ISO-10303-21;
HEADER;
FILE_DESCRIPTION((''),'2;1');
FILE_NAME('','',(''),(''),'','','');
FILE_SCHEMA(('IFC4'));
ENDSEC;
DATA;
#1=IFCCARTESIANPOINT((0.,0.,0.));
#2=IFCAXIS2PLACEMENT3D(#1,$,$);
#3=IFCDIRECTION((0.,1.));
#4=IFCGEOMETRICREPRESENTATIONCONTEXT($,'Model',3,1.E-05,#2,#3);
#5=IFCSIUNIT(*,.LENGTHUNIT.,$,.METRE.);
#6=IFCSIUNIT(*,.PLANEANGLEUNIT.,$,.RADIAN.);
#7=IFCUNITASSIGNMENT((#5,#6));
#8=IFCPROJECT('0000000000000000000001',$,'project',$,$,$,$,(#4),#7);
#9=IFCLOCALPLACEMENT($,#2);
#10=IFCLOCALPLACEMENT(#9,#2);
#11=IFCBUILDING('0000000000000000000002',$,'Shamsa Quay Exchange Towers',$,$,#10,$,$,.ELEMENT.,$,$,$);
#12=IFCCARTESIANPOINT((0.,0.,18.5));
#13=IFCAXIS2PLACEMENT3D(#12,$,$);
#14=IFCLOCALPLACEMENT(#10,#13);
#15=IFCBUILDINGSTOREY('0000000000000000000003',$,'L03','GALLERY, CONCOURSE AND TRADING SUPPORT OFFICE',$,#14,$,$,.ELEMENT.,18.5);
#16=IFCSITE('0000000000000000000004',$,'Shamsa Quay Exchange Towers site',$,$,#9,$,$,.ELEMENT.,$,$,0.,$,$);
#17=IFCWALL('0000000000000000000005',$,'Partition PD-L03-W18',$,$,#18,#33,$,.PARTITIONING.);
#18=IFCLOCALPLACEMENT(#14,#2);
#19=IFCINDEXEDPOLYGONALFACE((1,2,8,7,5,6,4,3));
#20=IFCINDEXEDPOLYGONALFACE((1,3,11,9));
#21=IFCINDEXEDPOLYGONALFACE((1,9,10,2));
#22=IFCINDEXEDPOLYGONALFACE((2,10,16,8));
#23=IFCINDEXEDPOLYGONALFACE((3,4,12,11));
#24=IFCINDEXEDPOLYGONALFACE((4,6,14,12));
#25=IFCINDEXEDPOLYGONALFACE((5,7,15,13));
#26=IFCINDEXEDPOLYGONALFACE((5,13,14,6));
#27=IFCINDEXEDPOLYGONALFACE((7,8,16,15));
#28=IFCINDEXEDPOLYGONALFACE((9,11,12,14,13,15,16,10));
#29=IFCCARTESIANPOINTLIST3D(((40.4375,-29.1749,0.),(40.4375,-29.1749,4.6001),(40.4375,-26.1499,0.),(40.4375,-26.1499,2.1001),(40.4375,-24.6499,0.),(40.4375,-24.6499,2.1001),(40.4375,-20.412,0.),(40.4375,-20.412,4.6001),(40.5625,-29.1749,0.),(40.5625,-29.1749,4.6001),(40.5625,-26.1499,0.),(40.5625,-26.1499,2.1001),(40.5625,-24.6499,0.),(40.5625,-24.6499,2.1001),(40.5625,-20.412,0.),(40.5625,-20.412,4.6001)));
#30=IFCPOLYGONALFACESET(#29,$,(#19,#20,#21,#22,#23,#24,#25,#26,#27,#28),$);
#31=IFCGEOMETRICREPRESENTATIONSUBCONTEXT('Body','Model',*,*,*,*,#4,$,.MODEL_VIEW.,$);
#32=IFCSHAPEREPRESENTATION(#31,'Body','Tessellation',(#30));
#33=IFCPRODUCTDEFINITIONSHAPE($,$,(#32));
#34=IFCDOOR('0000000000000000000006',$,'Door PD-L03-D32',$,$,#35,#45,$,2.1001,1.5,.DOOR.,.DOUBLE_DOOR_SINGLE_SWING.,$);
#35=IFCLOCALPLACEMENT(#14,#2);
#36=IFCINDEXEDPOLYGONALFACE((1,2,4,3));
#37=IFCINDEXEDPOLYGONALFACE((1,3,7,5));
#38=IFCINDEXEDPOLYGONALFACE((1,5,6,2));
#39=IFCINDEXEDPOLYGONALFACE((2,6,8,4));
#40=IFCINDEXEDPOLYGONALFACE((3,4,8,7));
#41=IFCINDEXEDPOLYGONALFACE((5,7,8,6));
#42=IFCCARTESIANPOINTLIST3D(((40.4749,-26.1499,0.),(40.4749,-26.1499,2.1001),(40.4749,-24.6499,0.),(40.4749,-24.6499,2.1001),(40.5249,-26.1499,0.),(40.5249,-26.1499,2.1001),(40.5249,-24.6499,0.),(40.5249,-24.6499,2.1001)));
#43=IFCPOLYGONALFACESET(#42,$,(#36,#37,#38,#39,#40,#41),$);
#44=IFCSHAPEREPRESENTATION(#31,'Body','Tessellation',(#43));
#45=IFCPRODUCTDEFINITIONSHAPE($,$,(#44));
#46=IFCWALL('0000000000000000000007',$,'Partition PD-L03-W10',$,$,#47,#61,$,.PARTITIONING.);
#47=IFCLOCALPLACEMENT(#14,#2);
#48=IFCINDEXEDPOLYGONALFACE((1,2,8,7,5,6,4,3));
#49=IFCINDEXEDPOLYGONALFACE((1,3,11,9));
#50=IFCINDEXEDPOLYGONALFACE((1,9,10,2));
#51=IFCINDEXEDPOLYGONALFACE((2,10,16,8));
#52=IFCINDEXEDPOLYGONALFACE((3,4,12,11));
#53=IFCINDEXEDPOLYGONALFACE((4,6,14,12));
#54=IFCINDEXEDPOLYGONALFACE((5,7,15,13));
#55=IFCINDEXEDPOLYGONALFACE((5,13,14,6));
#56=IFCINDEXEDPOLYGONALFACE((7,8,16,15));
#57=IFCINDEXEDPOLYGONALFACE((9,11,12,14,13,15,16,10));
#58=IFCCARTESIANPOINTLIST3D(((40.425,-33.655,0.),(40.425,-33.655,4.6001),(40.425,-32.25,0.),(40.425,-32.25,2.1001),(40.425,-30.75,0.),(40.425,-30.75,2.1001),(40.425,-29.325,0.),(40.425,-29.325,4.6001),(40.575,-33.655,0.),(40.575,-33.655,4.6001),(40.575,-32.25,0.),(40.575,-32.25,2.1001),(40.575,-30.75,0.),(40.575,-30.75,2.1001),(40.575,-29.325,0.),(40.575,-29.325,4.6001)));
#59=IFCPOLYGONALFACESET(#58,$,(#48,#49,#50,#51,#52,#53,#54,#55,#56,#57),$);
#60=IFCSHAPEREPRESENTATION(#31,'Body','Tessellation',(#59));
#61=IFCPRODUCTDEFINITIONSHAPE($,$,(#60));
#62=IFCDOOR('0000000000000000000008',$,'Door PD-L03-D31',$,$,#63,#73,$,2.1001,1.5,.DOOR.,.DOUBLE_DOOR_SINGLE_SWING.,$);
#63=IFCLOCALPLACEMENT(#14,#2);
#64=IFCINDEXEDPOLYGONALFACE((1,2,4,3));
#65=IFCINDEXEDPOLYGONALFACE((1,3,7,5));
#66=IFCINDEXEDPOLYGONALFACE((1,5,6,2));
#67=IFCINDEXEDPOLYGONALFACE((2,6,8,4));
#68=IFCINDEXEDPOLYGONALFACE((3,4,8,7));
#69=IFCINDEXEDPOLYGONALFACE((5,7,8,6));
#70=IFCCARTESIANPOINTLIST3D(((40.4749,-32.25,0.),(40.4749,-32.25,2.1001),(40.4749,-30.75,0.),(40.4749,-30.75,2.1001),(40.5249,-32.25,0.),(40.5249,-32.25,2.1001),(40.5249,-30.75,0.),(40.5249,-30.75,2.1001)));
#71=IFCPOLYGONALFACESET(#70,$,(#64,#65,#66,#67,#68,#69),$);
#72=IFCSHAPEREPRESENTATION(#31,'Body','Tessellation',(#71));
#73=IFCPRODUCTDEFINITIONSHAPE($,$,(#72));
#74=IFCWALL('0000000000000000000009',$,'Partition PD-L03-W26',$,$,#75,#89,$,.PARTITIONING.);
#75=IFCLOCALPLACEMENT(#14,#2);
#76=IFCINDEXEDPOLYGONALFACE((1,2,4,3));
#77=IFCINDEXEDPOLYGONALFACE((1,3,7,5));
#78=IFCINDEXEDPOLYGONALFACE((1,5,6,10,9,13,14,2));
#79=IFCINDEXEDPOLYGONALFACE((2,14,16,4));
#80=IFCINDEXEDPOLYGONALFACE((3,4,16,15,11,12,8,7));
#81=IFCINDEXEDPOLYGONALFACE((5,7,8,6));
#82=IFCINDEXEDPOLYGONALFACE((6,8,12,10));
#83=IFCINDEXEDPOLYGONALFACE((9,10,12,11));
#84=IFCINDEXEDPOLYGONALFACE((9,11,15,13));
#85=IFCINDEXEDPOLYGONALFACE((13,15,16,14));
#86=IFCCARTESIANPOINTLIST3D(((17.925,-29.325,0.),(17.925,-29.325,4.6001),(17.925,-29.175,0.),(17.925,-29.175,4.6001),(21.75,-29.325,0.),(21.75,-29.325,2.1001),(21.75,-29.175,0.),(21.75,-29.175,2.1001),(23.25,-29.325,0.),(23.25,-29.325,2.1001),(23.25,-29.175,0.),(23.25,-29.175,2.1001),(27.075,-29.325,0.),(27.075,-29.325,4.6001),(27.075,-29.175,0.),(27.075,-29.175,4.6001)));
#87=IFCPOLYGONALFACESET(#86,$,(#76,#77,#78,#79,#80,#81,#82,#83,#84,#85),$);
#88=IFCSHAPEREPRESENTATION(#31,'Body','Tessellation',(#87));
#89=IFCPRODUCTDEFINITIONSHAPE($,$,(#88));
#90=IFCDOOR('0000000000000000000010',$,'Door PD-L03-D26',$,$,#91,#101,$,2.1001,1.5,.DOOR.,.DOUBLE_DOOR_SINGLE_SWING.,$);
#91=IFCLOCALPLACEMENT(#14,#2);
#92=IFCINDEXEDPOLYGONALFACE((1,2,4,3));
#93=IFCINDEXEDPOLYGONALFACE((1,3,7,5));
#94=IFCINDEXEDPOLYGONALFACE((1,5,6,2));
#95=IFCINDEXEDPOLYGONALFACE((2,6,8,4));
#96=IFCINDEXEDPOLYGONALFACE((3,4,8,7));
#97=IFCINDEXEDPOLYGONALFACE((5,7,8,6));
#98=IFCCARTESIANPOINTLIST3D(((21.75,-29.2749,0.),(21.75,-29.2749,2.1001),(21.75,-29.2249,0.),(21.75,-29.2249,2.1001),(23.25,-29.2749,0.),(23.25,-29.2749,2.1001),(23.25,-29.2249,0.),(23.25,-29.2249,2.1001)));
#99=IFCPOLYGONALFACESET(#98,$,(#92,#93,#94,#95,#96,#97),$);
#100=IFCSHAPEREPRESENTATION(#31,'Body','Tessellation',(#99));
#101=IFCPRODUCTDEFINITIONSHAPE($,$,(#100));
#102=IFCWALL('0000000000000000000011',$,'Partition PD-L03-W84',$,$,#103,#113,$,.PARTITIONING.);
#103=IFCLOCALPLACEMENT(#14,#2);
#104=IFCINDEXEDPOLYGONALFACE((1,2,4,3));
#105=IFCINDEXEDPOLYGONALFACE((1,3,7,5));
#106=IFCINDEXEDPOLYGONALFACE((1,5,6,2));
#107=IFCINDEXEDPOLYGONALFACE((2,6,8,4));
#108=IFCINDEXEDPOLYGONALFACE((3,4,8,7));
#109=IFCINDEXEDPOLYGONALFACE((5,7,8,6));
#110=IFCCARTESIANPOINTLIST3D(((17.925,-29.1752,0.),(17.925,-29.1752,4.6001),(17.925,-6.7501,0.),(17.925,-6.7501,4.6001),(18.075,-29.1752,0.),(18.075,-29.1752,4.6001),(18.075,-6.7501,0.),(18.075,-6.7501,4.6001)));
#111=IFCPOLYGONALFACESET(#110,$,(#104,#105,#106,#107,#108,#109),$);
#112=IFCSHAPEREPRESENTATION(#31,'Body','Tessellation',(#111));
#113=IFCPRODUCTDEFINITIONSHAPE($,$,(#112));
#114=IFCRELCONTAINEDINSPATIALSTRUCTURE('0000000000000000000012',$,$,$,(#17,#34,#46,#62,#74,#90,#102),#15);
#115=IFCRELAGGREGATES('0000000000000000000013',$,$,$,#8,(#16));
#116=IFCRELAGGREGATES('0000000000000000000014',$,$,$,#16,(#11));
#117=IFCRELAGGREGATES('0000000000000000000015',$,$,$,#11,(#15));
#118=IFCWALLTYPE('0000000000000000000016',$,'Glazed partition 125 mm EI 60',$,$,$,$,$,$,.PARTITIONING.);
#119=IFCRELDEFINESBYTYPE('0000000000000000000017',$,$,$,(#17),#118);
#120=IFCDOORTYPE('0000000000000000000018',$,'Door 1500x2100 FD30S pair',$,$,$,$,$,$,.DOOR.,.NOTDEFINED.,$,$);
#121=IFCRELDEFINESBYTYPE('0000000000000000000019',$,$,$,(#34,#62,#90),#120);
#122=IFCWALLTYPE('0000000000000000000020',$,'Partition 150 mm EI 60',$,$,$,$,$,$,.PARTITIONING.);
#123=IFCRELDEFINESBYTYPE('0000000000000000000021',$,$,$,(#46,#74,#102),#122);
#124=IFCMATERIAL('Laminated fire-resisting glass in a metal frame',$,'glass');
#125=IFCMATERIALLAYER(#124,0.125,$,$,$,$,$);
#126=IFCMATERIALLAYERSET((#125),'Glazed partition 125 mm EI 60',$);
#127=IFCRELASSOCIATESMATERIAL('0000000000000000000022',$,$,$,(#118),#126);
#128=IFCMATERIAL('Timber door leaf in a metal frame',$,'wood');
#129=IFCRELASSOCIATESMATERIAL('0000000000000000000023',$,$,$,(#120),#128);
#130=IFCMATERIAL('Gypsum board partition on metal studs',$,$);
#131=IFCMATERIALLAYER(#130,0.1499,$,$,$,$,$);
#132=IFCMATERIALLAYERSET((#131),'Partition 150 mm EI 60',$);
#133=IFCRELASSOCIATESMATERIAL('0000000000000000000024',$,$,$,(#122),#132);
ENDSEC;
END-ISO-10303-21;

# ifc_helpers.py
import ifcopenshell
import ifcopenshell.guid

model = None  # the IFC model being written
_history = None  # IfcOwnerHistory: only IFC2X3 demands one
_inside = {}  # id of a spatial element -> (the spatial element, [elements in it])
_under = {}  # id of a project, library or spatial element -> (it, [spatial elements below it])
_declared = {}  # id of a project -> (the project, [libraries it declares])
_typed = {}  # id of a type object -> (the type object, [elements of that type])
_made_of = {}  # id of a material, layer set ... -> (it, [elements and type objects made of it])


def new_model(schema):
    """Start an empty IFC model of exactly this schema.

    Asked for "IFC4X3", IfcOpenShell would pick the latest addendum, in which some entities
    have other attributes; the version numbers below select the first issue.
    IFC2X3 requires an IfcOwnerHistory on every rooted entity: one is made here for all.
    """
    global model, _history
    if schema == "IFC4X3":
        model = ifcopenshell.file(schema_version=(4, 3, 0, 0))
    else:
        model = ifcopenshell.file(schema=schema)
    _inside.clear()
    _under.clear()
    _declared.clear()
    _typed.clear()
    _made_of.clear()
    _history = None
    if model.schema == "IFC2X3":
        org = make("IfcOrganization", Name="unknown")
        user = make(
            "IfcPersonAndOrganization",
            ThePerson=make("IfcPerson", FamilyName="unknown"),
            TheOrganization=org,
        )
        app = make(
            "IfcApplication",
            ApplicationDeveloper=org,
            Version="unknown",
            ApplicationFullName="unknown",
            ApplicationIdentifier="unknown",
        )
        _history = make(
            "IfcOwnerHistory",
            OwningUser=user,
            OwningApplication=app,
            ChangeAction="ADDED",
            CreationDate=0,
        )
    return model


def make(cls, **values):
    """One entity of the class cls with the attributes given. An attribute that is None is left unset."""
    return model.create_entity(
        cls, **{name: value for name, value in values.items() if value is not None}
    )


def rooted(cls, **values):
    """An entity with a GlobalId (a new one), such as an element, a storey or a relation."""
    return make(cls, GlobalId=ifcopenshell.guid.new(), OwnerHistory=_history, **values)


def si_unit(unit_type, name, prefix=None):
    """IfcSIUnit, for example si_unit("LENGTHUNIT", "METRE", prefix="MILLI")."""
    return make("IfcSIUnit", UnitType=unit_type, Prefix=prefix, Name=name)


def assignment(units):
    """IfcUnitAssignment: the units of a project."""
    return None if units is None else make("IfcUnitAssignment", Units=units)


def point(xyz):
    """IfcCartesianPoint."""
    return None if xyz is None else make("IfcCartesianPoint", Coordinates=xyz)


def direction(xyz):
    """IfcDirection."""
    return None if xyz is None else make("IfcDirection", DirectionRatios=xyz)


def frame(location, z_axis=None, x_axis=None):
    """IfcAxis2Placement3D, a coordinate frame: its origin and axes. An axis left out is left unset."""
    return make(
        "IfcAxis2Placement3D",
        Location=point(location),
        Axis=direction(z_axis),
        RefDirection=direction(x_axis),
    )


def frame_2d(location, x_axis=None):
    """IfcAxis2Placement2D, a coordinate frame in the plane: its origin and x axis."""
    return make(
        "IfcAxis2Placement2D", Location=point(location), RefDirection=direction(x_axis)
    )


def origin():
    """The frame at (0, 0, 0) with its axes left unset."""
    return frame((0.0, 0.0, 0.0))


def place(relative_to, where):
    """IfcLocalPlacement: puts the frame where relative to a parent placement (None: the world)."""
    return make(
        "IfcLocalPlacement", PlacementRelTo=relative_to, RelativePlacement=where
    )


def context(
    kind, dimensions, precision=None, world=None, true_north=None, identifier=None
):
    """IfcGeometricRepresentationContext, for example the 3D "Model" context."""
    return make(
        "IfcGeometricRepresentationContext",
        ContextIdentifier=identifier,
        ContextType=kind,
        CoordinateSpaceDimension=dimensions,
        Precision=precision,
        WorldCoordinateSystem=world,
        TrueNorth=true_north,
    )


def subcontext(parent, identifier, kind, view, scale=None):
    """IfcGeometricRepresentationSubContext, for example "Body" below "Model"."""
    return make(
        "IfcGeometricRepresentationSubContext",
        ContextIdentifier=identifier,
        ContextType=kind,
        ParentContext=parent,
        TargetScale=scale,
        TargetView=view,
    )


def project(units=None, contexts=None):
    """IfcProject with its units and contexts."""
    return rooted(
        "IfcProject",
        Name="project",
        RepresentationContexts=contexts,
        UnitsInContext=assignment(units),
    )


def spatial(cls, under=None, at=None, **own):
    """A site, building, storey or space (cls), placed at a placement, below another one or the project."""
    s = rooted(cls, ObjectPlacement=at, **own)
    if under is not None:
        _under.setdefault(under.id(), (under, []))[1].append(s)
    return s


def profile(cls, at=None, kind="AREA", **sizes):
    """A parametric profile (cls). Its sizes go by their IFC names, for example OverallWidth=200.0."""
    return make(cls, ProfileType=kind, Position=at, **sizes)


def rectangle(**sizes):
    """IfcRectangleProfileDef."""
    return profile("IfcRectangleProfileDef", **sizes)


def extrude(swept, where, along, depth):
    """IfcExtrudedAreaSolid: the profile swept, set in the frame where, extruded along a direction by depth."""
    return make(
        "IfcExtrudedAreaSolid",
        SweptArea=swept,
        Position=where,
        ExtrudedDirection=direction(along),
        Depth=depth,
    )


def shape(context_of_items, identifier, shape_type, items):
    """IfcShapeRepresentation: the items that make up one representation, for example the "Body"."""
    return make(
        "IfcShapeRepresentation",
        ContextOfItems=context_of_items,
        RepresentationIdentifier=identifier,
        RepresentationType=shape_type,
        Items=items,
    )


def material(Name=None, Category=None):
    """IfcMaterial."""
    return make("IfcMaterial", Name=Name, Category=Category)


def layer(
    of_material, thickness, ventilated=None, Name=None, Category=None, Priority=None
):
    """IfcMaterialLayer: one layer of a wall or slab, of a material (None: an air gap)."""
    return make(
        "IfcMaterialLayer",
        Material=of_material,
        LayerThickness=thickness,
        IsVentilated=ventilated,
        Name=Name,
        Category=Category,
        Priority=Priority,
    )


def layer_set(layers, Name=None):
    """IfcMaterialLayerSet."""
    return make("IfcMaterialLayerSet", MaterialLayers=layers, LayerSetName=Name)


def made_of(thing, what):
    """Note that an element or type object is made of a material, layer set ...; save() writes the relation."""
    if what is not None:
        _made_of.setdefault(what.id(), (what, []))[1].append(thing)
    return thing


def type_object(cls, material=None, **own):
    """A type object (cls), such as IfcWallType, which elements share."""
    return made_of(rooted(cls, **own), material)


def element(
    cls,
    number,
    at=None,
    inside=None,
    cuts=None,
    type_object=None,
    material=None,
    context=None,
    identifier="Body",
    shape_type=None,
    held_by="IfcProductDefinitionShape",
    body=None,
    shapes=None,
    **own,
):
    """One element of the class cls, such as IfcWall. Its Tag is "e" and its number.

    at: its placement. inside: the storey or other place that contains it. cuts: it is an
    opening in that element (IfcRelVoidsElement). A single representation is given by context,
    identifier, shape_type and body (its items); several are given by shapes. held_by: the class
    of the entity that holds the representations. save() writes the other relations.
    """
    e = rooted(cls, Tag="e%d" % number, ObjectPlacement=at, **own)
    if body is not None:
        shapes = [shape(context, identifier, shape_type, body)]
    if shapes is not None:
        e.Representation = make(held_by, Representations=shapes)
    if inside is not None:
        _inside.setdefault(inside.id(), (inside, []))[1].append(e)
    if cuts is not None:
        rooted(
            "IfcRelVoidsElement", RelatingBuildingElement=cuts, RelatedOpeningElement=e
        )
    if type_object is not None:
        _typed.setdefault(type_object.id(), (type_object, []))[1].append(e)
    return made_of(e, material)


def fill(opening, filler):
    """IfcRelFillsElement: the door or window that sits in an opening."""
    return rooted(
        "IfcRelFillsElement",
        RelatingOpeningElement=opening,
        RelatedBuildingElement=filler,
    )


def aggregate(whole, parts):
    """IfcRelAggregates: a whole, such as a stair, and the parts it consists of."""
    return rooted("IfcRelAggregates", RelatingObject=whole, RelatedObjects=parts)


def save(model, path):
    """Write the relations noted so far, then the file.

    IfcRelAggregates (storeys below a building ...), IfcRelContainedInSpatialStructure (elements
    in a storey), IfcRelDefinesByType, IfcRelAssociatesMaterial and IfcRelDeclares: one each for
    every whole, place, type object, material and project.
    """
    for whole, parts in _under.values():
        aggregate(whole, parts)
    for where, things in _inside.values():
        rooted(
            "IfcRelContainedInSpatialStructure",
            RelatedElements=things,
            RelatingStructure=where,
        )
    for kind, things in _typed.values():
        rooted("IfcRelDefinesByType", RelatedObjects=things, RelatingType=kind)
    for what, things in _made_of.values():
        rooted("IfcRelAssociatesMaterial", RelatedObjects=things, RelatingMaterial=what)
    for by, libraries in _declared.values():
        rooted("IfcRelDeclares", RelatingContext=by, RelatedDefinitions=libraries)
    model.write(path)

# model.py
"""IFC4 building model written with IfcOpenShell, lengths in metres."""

from ifc_helpers import new_model, si_unit, direction, frame, frame_2d, origin, place, context, subcontext, project, spatial, rectangle, extrude, material, layer, layer_set, type_object, element, fill, save


model = new_model("IFC4")

# Units and contexts
model_context = context("Model", 3, precision=1e-05, world=origin(), true_north=direction((0.0, 1.0)))
body_context = subcontext(model_context, "Body", "Model", "MODEL_VIEW")
ifc_project = project(units=[si_unit("LENGTHUNIT", "METRE"), si_unit("PLANEANGLEUNIT", "RADIAN")], contexts=[model_context])

# Site, building, storey
site_placement = place(None, origin())
site = spatial("IfcSite", under=ifc_project, at=site_placement, Name="Shamsa Quay Exchange Towers site", CompositionType="ELEMENT", RefElevation=0.0)
building_placement = place(site_placement, origin())
building = spatial("IfcBuilding", under=site, at=building_placement, Name="Shamsa Quay Exchange Towers", CompositionType="ELEMENT")
storey_placement = place(building_placement, frame((0.0, 0.0, 18.5)))
storey = spatial("IfcBuildingStorey", under=building, at=storey_placement, Name="L03", Description="GALLERY, CONCOURSE AND TRADING SUPPORT OFFICE", CompositionType="ELEMENT", Elevation=18.5)

# Walls, openings, doors
ifc_material_1 = material(Name="Laminated fire-resisting glass in a metal frame", Category="glass")
ifc_layer_1 = layer(ifc_material_1, 0.125)
ifc_layer_set_1 = layer_set([ifc_layer_1], Name="Glazed partition 125 mm EI 60")
wall_type_1 = type_object("IfcWallType", Name="Glazed partition 125 mm EI 60", PredefinedType="PARTITIONING", material=ifc_layer_set_1)
wall_1_placement = place(storey_placement, frame((40.5, -20.4121, 0.0), z_axis=(0.0, 0.0, 1.0), x_axis=(0.0, -1.0, 0.0)))
wall_1 = element("IfcWall", 1, at=wall_1_placement, inside=storey, type_object=wall_type_1, Name="Partition PD-L03-W18", PredefinedType="PARTITIONING", context=body_context, shape_type="SweptSolid", body=[
    extrude(rectangle(XDim=8.7629, YDim=0.125, at=frame_2d((4.3813, 0.0))), origin(), (0.0, 0.0, 1.0), 4.6001),
])
opening_1_placement = place(wall_1_placement, frame((4.2378, 0.0, 0.0)))
opening_1 = element("IfcOpeningElement", 2, at=opening_1_placement, cuts=wall_1, PredefinedType="OPENING", context=body_context, shape_type="SweptSolid", body=[
    extrude(rectangle(XDim=1.5, YDim=2.1001, at=frame_2d((0.75, 1.05))), frame((0.0, 0.0725, 0.0), z_axis=(0.0, -1.0, 0.0), x_axis=(1.0, 0.0, 0.0)), (0.0, 0.0, 1.0), 0.145),
])
ifc_material_2 = material(Name="Timber door leaf in a metal frame", Category="wood")
door_type = type_object("IfcDoorType", Name="Door 1500x2100 FD30S pair", OperationType="NOTDEFINED", PredefinedType="DOOR", material=ifc_material_2)
door_1_placement = place(opening_1_placement, origin())
door_1 = element("IfcDoor", 3, at=door_1_placement, inside=storey, type_object=door_type, Name="Door PD-L03-D32", OperationType="DOUBLE_DOOR_SINGLE_SWING", OverallHeight=2.1001, OverallWidth=1.5, PredefinedType="DOOR", context=body_context, shape_type="SweptSolid", body=[
    extrude(rectangle(XDim=1.5, YDim=2.1001, at=frame_2d((0.75, 1.05))), frame((0.0, 0.0249, 0.0), z_axis=(0.0, -1.0, 0.0), x_axis=(1.0, 0.0, 0.0)), (0.0, 0.0, 1.0), 0.05),
])
fill(opening_1, door_1)
ifc_material_3 = material(Name="Gypsum board partition on metal studs")
ifc_layer_2 = layer(ifc_material_3, 0.1499)
ifc_layer_set_2 = layer_set([ifc_layer_2], Name="Partition 150 mm EI 60")
wall_type_2 = type_object("IfcWallType", Name="Partition 150 mm EI 60", PredefinedType="PARTITIONING", material=ifc_layer_set_2)
wall_2_placement = place(storey_placement, frame((40.5, -29.325, 0.0), z_axis=(0.0, 0.0, 1.0), x_axis=(0.0, -1.0, 0.0)))
wall_2 = element("IfcWall", 4, at=wall_2_placement, inside=storey, type_object=wall_type_2, Name="Partition PD-L03-W10", PredefinedType="PARTITIONING", context=body_context, shape_type="SweptSolid", body=[
    extrude(rectangle(XDim=4.3301, YDim=0.1499, at=frame_2d((2.165, 0.0))), origin(), (0.0, 0.0, 1.0), 4.6001),
])
opening_2_placement = place(wall_2_placement, frame((1.425, 0.0, 0.0)))
opening_2 = element("IfcOpeningElement", 5, at=opening_2_placement, cuts=wall_2, PredefinedType="OPENING", context=body_context, shape_type="SweptSolid", body=[
    extrude(rectangle(XDim=1.5, YDim=2.1001, at=frame_2d((0.75, 1.05))), frame((0.0, 0.085, 0.0), z_axis=(0.0, -1.0, 0.0), x_axis=(1.0, 0.0, 0.0)), (0.0, 0.0, 1.0), 0.1699),
])
door_2_placement = place(opening_2_placement, origin())
door_2 = element("IfcDoor", 6, at=door_2_placement, inside=storey, type_object=door_type, Name="Door PD-L03-D31", OperationType="DOUBLE_DOOR_SINGLE_SWING", OverallHeight=2.1001, OverallWidth=1.5, PredefinedType="DOOR", context=body_context, shape_type="SweptSolid", body=[
    extrude(rectangle(XDim=1.5, YDim=2.1001, at=frame_2d((0.75, 1.05))), frame((0.0, 0.0249, 0.0), z_axis=(0.0, -1.0, 0.0), x_axis=(1.0, 0.0, 0.0)), (0.0, 0.0, 1.0), 0.05),
])
fill(opening_2, door_2)
wall_3_placement = place(storey_placement, frame((27.075, -29.25, 0.0), z_axis=(0.0, 0.0, 1.0), x_axis=(-1.0, 0.0, 0.0)))
wall_3 = element("IfcWall", 7, at=wall_3_placement, inside=storey, type_object=wall_type_2, Name="Partition PD-L03-W26", PredefinedType="PARTITIONING", context=body_context, shape_type="SweptSolid", body=[
    extrude(rectangle(XDim=9.1499, YDim=0.1499, at=frame_2d((4.575, 0.0))), origin(), (0.0, 0.0, 1.0), 4.6001),
])
opening_3_placement = place(wall_3_placement, frame((3.825, 0.0, 0.0)))
opening_3 = element("IfcOpeningElement", 8, at=opening_3_placement, cuts=wall_3, PredefinedType="OPENING", context=body_context, shape_type="SweptSolid", body=[
    extrude(rectangle(XDim=1.5, YDim=2.1001, at=frame_2d((0.75, 1.05))), frame((0.0, 0.085, 0.0), z_axis=(0.0, -1.0, 0.0), x_axis=(1.0, 0.0, 0.0)), (0.0, 0.0, 1.0), 0.1699),
])
door_3_placement = place(opening_3_placement, origin())
door_3 = element("IfcDoor", 9, at=door_3_placement, inside=storey, type_object=door_type, Name="Door PD-L03-D26", OperationType="DOUBLE_DOOR_SINGLE_SWING", OverallHeight=2.1001, OverallWidth=1.5, PredefinedType="DOOR", context=body_context, shape_type="SweptSolid", body=[
    extrude(rectangle(XDim=1.5, YDim=2.1001, at=frame_2d((0.75, 1.05))), frame((0.0, 0.0249, 0.0), z_axis=(0.0, -1.0, 0.0), x_axis=(1.0, 0.0, 0.0)), (0.0, 0.0, 1.0), 0.05),
])
fill(opening_3, door_3)

# Wall
wall_4_placement = place(storey_placement, frame((18.0, -29.175, 0.0), z_axis=(0.0, 0.0, 1.0), x_axis=(0.0, 1.0, 0.0)))
element("IfcWall", 10, at=wall_4_placement, inside=storey, type_object=wall_type_2, Name="Partition PD-L03-W84", PredefinedType="PARTITIONING", context=body_context, shape_type="SweptSolid", body=[
    extrude(rectangle(XDim=22.425, YDim=0.1499, at=frame_2d((11.2124, 0.0))), origin(), (0.0, 0.0, 1.0), 4.6001),
])

save(model, "model.ifc")
